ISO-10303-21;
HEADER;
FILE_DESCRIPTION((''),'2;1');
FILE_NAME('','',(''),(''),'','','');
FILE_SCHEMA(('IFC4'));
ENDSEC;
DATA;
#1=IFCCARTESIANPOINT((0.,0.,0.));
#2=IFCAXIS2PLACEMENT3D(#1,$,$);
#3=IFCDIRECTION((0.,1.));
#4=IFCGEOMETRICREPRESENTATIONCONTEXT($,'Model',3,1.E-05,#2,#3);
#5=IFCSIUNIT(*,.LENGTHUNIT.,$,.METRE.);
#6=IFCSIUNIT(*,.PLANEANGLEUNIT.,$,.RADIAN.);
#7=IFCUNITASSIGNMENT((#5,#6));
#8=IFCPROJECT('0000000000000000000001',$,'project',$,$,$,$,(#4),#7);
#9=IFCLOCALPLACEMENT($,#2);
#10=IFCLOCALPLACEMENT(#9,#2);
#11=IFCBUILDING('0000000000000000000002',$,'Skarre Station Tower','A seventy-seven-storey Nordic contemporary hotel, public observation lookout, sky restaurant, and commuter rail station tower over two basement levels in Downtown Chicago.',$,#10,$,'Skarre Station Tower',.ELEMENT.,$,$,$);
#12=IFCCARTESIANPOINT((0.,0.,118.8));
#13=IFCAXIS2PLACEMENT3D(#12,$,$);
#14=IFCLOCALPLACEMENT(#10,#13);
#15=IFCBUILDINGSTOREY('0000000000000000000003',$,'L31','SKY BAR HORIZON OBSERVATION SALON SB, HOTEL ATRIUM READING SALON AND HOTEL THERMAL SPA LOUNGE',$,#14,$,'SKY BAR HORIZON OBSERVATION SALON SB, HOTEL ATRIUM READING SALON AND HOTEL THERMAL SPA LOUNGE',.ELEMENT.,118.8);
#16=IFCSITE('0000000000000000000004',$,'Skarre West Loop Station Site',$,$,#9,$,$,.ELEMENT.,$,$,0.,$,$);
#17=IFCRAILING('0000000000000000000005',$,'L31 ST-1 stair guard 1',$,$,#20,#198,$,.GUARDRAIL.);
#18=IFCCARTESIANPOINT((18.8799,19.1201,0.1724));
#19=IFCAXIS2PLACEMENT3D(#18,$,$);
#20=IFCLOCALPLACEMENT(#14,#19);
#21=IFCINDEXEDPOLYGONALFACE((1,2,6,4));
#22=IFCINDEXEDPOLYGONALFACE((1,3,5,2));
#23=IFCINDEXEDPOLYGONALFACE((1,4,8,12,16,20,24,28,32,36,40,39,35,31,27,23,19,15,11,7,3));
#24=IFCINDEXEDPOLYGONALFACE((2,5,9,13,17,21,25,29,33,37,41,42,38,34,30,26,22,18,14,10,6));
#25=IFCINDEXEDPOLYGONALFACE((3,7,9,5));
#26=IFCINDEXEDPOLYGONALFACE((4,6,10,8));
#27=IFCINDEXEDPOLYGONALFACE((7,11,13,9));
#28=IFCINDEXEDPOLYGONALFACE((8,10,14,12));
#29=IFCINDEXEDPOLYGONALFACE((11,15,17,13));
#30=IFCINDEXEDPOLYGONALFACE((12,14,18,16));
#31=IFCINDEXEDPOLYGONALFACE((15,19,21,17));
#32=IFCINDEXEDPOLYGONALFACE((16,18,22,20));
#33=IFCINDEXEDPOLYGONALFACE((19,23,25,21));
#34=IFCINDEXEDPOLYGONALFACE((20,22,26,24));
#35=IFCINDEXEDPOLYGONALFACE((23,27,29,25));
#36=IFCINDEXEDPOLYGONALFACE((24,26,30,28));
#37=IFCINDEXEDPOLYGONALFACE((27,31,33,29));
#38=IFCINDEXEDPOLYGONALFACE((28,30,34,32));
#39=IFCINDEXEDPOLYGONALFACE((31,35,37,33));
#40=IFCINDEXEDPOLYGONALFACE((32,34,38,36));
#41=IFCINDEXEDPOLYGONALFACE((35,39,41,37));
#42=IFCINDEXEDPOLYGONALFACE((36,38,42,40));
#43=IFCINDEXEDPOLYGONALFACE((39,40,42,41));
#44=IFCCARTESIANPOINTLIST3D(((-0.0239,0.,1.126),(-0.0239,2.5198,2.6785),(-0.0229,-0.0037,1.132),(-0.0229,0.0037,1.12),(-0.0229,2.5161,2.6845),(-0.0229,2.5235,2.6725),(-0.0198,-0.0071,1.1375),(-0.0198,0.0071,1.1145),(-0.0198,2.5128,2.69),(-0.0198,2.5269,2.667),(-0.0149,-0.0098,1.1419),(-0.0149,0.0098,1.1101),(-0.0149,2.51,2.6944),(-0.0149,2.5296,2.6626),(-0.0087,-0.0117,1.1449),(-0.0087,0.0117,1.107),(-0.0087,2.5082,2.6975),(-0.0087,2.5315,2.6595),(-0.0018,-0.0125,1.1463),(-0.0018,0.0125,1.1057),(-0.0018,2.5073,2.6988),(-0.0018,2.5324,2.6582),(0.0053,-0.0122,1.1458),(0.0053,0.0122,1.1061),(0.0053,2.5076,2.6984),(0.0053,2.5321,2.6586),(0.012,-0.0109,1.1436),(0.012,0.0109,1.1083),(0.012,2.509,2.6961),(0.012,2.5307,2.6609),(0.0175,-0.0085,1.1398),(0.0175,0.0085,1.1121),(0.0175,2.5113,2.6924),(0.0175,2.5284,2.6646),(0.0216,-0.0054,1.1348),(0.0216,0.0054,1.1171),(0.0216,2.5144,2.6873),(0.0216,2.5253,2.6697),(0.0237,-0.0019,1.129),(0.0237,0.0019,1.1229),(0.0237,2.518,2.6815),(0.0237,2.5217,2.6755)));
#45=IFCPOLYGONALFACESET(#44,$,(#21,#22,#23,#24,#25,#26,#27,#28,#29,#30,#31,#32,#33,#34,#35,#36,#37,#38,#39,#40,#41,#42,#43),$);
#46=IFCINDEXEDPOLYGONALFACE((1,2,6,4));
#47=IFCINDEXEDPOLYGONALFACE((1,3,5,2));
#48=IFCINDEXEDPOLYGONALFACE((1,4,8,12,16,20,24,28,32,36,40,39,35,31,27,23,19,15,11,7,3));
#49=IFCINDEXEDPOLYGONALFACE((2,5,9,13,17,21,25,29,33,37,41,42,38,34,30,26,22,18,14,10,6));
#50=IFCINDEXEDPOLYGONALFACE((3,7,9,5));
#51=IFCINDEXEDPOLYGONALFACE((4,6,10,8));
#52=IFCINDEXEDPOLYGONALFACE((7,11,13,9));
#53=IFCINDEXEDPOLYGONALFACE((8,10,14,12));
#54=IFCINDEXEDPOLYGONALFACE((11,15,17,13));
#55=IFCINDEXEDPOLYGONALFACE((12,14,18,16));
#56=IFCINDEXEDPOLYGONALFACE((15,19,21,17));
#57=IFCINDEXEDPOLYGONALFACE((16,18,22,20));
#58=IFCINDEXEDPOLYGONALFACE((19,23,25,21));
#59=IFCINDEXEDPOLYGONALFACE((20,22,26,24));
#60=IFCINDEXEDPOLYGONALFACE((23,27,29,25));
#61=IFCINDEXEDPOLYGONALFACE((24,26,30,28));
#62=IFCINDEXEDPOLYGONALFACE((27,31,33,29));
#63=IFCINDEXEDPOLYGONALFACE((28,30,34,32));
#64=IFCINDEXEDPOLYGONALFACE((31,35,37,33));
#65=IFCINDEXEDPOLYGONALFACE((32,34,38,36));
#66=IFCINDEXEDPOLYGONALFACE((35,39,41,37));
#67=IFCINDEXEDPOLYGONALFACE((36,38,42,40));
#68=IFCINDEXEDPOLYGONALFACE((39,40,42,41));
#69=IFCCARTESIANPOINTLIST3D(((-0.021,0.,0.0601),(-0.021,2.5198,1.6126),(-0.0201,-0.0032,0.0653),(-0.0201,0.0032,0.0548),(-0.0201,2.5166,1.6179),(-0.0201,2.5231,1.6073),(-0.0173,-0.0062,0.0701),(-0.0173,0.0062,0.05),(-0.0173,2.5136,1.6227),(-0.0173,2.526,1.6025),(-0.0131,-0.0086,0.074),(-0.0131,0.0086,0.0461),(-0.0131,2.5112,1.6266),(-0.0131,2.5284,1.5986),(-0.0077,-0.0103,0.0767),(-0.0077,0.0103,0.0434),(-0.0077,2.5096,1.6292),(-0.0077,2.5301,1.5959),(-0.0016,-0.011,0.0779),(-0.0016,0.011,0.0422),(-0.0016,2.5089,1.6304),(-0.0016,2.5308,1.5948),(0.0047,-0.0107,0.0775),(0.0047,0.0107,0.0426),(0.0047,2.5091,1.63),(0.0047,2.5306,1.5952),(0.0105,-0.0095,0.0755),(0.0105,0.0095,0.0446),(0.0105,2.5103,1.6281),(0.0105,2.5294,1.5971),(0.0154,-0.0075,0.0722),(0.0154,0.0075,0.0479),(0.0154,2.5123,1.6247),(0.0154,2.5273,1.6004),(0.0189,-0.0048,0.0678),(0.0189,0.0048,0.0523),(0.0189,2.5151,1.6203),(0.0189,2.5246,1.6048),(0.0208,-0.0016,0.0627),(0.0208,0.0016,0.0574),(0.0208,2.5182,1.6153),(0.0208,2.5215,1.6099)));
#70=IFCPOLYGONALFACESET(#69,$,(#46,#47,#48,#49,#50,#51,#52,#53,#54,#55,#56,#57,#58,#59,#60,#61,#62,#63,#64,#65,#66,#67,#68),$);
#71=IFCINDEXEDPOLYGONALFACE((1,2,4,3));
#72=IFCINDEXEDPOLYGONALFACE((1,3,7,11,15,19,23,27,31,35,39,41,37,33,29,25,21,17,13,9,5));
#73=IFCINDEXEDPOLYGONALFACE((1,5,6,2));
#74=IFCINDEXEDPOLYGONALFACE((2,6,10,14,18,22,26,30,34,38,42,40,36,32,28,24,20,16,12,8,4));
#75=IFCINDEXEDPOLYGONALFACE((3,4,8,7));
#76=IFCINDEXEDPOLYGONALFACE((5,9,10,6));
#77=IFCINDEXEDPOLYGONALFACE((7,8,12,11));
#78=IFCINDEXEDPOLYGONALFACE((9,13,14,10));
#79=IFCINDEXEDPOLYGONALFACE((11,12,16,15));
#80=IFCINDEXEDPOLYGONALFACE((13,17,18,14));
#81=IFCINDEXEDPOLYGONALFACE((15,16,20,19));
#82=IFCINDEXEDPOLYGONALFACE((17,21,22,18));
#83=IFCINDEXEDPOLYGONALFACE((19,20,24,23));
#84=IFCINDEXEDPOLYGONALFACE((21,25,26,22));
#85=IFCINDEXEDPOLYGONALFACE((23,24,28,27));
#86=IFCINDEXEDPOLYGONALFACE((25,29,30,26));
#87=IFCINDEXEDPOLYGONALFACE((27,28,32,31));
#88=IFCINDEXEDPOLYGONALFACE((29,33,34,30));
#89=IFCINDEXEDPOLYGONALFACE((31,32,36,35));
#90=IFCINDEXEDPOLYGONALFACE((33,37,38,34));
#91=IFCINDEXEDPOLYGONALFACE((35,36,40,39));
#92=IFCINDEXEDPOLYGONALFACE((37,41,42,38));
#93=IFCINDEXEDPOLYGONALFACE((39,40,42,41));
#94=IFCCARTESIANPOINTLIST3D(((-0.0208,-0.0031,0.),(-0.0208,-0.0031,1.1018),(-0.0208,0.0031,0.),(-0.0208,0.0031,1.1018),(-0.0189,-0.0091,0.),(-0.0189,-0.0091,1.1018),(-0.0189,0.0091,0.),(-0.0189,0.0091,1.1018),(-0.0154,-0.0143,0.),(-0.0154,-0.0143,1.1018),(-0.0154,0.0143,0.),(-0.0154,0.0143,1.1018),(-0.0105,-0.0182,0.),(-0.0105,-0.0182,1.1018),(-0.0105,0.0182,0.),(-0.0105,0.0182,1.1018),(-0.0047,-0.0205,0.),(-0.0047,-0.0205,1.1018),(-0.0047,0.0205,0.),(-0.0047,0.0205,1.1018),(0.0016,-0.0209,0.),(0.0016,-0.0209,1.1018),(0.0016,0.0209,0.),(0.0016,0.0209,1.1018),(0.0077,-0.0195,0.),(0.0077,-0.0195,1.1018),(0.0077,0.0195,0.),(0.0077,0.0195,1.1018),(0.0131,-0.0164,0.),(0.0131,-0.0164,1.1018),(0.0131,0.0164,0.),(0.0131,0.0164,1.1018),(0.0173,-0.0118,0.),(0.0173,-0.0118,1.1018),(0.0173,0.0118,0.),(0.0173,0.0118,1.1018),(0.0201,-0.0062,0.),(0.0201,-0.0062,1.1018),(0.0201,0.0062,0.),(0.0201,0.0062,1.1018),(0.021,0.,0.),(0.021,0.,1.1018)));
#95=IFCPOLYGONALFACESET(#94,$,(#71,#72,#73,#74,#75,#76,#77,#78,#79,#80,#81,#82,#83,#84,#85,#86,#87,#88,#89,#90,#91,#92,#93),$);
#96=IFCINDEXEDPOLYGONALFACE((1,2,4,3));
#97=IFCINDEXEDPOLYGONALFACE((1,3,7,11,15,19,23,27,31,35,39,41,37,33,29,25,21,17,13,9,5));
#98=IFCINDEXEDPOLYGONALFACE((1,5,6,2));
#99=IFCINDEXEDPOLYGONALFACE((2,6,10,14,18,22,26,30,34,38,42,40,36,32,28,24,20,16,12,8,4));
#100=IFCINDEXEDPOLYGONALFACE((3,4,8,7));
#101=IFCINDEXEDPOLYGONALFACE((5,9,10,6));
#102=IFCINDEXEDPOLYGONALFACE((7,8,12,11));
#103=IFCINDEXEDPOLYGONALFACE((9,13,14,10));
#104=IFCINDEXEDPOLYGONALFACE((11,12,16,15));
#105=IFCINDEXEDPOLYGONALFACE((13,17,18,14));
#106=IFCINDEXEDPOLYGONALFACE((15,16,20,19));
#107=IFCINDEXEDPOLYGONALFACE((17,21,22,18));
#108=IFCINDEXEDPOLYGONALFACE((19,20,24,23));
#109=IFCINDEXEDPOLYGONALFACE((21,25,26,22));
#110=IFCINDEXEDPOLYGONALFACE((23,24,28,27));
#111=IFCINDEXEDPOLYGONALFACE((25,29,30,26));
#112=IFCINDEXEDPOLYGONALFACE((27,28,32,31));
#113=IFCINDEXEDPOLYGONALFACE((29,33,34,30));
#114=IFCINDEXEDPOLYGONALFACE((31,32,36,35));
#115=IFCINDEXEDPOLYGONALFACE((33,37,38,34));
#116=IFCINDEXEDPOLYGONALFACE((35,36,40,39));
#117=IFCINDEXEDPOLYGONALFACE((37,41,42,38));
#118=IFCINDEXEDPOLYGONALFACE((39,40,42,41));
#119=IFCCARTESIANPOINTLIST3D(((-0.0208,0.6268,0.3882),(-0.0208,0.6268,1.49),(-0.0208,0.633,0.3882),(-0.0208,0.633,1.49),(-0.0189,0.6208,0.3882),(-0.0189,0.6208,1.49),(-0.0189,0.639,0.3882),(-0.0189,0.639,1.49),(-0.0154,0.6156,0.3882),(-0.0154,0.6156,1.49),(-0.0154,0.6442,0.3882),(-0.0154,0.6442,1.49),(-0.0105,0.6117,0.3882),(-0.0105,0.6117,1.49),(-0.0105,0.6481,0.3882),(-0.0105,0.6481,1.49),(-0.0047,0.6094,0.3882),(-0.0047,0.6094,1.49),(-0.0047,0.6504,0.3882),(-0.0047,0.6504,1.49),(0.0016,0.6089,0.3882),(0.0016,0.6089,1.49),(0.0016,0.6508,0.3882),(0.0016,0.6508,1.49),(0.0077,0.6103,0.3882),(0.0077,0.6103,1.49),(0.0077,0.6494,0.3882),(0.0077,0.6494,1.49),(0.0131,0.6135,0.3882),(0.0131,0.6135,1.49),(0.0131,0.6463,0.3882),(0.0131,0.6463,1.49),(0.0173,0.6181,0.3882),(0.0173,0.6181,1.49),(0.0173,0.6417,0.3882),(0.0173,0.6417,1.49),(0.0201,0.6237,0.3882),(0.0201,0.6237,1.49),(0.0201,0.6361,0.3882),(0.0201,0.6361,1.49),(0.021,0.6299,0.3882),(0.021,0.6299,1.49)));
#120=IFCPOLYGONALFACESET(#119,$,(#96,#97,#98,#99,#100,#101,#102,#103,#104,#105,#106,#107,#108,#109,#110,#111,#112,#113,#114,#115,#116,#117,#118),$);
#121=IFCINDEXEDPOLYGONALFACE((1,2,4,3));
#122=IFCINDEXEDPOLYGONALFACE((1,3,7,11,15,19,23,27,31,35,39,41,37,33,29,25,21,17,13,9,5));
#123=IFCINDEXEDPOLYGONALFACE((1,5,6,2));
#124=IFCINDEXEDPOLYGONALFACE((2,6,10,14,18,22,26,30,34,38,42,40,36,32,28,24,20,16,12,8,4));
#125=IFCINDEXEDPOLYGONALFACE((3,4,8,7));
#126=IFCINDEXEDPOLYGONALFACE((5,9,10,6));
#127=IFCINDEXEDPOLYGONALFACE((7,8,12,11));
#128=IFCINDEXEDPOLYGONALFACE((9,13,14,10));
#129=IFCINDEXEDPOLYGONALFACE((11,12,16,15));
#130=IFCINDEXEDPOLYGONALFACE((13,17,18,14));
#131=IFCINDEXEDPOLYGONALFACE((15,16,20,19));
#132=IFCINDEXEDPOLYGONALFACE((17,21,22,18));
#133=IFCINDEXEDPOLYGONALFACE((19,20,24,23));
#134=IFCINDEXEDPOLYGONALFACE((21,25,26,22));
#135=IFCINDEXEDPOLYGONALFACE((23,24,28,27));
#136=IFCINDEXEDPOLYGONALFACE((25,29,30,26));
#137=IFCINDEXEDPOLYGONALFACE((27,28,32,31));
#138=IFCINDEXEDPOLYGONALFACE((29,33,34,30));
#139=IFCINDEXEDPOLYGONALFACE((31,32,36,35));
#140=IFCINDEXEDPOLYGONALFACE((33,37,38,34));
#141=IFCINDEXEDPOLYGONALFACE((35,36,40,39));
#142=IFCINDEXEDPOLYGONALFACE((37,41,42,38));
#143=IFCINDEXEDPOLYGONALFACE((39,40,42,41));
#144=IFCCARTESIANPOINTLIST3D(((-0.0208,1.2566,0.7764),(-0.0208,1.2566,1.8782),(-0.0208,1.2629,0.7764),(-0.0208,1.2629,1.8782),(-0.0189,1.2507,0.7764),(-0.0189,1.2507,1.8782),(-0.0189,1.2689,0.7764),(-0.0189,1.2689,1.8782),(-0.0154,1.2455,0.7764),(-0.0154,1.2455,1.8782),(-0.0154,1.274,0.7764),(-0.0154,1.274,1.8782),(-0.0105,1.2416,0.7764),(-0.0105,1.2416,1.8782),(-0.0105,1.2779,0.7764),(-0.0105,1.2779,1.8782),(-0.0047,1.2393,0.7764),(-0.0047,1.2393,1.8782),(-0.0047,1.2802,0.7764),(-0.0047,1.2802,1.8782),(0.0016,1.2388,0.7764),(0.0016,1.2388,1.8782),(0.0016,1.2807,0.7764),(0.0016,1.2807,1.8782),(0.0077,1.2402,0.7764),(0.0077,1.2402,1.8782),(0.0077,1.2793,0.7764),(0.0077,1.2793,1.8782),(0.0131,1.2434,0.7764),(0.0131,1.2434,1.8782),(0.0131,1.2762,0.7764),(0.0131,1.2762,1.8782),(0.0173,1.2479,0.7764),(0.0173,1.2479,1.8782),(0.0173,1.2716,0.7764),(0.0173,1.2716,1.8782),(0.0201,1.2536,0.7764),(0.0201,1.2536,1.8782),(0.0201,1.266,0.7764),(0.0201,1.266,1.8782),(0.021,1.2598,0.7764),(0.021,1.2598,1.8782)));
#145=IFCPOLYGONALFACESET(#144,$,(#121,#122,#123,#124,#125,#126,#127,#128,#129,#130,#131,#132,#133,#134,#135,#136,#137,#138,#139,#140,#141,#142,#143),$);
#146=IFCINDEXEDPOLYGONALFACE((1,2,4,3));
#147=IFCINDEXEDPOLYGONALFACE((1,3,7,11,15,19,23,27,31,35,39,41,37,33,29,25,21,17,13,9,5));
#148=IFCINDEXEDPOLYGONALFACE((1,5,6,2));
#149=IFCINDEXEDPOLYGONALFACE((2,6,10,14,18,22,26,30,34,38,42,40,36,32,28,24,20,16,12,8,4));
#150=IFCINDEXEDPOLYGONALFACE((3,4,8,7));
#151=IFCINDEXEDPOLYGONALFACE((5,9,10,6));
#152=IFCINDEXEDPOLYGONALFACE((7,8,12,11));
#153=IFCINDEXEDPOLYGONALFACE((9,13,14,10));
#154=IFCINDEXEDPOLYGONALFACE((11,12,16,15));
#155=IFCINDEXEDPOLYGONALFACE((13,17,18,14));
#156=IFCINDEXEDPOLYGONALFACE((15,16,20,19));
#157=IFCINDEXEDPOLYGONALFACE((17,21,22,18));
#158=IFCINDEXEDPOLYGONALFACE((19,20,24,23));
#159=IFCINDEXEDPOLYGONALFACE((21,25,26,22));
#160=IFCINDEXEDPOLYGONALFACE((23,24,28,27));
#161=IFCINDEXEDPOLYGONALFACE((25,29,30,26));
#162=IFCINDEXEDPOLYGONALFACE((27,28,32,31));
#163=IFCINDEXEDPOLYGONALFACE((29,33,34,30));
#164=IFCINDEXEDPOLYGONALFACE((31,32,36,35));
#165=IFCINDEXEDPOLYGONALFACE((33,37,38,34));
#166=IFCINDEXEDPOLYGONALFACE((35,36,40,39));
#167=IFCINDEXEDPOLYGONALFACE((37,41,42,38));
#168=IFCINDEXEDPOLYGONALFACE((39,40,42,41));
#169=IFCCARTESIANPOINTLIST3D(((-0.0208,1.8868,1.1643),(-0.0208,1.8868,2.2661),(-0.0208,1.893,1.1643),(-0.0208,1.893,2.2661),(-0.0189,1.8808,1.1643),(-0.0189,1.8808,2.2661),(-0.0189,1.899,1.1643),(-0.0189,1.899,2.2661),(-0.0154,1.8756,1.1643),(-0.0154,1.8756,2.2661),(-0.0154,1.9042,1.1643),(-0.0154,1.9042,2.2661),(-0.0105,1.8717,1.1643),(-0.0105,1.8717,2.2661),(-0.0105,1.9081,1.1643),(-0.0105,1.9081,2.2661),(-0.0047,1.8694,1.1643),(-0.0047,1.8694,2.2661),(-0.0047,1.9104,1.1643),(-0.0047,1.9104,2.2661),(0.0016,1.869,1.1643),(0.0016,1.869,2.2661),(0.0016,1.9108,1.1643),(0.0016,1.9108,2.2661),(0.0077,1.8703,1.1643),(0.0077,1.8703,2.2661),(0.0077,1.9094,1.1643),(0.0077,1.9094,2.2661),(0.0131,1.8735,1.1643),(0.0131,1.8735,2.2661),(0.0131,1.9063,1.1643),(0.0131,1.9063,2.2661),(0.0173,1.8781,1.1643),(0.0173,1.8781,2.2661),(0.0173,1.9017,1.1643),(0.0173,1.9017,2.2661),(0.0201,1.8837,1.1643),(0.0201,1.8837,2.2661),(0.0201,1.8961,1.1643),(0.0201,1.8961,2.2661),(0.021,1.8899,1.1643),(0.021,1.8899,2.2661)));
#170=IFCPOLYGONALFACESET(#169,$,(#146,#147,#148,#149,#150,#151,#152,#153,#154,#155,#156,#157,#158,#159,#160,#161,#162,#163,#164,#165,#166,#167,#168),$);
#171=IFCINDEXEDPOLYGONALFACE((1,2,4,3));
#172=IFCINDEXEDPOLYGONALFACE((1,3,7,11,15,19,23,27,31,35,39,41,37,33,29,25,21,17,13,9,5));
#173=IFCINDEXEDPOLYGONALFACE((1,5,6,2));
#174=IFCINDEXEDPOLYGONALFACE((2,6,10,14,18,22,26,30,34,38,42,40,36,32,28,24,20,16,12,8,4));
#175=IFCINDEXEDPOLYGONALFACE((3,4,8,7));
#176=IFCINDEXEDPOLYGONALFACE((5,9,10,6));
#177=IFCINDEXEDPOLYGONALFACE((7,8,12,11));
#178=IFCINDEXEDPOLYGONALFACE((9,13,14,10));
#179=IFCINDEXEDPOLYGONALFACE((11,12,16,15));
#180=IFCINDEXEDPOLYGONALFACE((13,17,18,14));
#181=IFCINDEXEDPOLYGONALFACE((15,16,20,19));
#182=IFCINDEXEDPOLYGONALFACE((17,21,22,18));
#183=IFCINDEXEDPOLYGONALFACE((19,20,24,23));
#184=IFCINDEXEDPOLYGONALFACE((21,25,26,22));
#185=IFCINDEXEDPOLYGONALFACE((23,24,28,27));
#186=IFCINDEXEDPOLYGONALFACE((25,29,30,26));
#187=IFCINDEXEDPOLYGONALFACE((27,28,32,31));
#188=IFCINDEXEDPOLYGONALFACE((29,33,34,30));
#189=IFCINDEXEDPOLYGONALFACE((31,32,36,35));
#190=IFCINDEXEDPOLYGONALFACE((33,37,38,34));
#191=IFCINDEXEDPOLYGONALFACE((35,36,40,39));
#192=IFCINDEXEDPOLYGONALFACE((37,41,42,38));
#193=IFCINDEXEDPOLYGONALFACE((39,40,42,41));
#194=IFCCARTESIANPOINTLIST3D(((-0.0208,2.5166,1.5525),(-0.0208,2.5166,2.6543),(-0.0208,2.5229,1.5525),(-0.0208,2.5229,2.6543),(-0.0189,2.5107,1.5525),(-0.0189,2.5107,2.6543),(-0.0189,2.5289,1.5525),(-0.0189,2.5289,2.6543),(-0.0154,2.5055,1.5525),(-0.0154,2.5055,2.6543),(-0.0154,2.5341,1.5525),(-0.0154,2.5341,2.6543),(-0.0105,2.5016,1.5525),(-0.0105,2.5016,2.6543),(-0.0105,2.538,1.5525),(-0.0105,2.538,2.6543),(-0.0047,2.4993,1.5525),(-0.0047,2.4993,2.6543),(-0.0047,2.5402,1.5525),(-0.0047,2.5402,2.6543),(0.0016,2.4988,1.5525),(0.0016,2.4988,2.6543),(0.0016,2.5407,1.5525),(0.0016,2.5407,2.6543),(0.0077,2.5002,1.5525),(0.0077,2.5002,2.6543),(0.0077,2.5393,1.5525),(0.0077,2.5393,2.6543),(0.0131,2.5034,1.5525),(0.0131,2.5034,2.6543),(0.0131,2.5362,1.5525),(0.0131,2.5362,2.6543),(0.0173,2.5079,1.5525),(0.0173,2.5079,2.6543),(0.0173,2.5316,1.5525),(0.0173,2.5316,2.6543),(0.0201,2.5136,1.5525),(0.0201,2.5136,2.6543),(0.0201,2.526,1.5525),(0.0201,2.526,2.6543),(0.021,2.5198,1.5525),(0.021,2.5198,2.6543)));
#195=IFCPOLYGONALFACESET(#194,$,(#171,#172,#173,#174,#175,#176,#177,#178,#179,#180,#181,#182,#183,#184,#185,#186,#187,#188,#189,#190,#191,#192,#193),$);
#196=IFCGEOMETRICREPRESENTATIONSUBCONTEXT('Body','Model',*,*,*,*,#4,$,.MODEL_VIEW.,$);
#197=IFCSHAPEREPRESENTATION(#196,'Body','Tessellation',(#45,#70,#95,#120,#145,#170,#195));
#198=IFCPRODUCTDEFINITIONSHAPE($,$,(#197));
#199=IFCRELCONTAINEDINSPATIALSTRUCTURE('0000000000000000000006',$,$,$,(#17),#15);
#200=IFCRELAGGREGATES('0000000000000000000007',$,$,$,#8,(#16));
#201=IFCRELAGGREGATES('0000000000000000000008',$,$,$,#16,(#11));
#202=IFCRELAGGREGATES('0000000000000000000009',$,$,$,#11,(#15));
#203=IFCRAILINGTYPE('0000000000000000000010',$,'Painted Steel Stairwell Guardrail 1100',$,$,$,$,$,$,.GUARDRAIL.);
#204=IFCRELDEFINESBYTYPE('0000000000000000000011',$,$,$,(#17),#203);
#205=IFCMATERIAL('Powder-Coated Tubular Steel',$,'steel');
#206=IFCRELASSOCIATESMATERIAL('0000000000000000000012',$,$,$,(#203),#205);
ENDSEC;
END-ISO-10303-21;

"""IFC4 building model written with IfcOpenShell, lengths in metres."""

from ifc_helpers import new_model, si_unit, direction, frame, origin, origin_2d, place, context, subcontext, project, spatial, circle, extrude, material, type_object, element, save


model = new_model("IFC4")

# Units and contexts
model_context = context("Model", 3, precision=1e-05, world=origin(), true_north=direction((0.0, 1.0)))
body_context = subcontext(model_context, "Body", "Model", "MODEL_VIEW")
ifc_project = project(units=[si_unit("LENGTHUNIT", "METRE"), si_unit("PLANEANGLEUNIT", "RADIAN")], contexts=[model_context])

# Site, building, storey
site_placement = place(None, origin())
site = spatial("IfcSite", under=ifc_project, at=site_placement, Name="Skarre West Loop Station Site", CompositionType="ELEMENT", RefElevation=0.0)
building_placement = place(site_placement, origin())
building = spatial("IfcBuilding", under=site, at=building_placement, Name="Skarre Station Tower", Description="A seventy-seven-storey Nordic contemporary hotel, public observation lookout, sky restaurant, and commuter rail station tower over two basement levels in Downtown Chicago.", LongName="Skarre Station Tower", CompositionType="ELEMENT")
storey_placement = place(building_placement, frame((0.0, 0.0, 118.8)))
storey = spatial("IfcBuildingStorey", under=building, at=storey_placement, Name="L31", Description="SKY BAR HORIZON OBSERVATION SALON SB, HOTEL ATRIUM READING SALON AND HOTEL THERMAL SPA LOUNGE", LongName="SKY BAR HORIZON OBSERVATION SALON SB, HOTEL ATRIUM READING SALON AND HOTEL THERMAL SPA LOUNGE", CompositionType="ELEMENT", Elevation=118.8)

# Railing
ifc_material_1 = material(Name="Powder-Coated Tubular Steel", Category="steel")
railing_type_1 = type_object("IfcRailingType", Name="Painted Steel Stairwell Guardrail 1100", PredefinedType="GUARDRAIL", material=ifc_material_1)
railing_1_placement = place(storey_placement, frame((18.8799, 19.1201, 0.1724)))
element("IfcRailing", 1, at=railing_1_placement, inside=storey, type_object=railing_type_1, Name="L31 ST-1 stair guard 1", PredefinedType="GUARDRAIL", context=body_context, shape_type="SweptSolid", body=[
    extrude(circle(Radius=0.0239, at=origin_2d()), frame((0.0, 0.0, 1.126), z_axis=(0.0, 0.851378, 0.524553), x_axis=(-1.0, 0.0, 0.0)), (0.0, 0.0, 1.0), 2.9597),
    extrude(circle(Radius=0.021, at=origin_2d()), frame((0.0, 0.0, 0.0601), z_axis=(0.0, 0.851378, 0.524553), x_axis=(-1.0, 0.0, 0.0)), (0.0, 0.0, 1.0), 2.9597),
    extrude(circle(Radius=0.021, at=origin_2d()), origin(), (0.0, 0.0, 1.0), 1.1018),
    extrude(circle(Radius=0.021, at=origin_2d()), frame((0.0, 0.6299, 0.3882)), (0.0, 0.0, 1.0), 1.1018),
    extrude(circle(Radius=0.021, at=origin_2d()), frame((0.0, 1.2598, 0.7764)), (0.0, 0.0, 1.0), 1.1018),
    extrude(circle(Radius=0.021, at=origin_2d()), frame((0.0, 1.8899, 1.1643)), (0.0, 0.0, 1.0), 1.1018),
    extrude(circle(Radius=0.021, at=origin_2d()), frame((0.0, 2.5198, 1.5525)), (0.0, 0.0, 1.0), 1.1018),
])

save(model, "model.ifc")
